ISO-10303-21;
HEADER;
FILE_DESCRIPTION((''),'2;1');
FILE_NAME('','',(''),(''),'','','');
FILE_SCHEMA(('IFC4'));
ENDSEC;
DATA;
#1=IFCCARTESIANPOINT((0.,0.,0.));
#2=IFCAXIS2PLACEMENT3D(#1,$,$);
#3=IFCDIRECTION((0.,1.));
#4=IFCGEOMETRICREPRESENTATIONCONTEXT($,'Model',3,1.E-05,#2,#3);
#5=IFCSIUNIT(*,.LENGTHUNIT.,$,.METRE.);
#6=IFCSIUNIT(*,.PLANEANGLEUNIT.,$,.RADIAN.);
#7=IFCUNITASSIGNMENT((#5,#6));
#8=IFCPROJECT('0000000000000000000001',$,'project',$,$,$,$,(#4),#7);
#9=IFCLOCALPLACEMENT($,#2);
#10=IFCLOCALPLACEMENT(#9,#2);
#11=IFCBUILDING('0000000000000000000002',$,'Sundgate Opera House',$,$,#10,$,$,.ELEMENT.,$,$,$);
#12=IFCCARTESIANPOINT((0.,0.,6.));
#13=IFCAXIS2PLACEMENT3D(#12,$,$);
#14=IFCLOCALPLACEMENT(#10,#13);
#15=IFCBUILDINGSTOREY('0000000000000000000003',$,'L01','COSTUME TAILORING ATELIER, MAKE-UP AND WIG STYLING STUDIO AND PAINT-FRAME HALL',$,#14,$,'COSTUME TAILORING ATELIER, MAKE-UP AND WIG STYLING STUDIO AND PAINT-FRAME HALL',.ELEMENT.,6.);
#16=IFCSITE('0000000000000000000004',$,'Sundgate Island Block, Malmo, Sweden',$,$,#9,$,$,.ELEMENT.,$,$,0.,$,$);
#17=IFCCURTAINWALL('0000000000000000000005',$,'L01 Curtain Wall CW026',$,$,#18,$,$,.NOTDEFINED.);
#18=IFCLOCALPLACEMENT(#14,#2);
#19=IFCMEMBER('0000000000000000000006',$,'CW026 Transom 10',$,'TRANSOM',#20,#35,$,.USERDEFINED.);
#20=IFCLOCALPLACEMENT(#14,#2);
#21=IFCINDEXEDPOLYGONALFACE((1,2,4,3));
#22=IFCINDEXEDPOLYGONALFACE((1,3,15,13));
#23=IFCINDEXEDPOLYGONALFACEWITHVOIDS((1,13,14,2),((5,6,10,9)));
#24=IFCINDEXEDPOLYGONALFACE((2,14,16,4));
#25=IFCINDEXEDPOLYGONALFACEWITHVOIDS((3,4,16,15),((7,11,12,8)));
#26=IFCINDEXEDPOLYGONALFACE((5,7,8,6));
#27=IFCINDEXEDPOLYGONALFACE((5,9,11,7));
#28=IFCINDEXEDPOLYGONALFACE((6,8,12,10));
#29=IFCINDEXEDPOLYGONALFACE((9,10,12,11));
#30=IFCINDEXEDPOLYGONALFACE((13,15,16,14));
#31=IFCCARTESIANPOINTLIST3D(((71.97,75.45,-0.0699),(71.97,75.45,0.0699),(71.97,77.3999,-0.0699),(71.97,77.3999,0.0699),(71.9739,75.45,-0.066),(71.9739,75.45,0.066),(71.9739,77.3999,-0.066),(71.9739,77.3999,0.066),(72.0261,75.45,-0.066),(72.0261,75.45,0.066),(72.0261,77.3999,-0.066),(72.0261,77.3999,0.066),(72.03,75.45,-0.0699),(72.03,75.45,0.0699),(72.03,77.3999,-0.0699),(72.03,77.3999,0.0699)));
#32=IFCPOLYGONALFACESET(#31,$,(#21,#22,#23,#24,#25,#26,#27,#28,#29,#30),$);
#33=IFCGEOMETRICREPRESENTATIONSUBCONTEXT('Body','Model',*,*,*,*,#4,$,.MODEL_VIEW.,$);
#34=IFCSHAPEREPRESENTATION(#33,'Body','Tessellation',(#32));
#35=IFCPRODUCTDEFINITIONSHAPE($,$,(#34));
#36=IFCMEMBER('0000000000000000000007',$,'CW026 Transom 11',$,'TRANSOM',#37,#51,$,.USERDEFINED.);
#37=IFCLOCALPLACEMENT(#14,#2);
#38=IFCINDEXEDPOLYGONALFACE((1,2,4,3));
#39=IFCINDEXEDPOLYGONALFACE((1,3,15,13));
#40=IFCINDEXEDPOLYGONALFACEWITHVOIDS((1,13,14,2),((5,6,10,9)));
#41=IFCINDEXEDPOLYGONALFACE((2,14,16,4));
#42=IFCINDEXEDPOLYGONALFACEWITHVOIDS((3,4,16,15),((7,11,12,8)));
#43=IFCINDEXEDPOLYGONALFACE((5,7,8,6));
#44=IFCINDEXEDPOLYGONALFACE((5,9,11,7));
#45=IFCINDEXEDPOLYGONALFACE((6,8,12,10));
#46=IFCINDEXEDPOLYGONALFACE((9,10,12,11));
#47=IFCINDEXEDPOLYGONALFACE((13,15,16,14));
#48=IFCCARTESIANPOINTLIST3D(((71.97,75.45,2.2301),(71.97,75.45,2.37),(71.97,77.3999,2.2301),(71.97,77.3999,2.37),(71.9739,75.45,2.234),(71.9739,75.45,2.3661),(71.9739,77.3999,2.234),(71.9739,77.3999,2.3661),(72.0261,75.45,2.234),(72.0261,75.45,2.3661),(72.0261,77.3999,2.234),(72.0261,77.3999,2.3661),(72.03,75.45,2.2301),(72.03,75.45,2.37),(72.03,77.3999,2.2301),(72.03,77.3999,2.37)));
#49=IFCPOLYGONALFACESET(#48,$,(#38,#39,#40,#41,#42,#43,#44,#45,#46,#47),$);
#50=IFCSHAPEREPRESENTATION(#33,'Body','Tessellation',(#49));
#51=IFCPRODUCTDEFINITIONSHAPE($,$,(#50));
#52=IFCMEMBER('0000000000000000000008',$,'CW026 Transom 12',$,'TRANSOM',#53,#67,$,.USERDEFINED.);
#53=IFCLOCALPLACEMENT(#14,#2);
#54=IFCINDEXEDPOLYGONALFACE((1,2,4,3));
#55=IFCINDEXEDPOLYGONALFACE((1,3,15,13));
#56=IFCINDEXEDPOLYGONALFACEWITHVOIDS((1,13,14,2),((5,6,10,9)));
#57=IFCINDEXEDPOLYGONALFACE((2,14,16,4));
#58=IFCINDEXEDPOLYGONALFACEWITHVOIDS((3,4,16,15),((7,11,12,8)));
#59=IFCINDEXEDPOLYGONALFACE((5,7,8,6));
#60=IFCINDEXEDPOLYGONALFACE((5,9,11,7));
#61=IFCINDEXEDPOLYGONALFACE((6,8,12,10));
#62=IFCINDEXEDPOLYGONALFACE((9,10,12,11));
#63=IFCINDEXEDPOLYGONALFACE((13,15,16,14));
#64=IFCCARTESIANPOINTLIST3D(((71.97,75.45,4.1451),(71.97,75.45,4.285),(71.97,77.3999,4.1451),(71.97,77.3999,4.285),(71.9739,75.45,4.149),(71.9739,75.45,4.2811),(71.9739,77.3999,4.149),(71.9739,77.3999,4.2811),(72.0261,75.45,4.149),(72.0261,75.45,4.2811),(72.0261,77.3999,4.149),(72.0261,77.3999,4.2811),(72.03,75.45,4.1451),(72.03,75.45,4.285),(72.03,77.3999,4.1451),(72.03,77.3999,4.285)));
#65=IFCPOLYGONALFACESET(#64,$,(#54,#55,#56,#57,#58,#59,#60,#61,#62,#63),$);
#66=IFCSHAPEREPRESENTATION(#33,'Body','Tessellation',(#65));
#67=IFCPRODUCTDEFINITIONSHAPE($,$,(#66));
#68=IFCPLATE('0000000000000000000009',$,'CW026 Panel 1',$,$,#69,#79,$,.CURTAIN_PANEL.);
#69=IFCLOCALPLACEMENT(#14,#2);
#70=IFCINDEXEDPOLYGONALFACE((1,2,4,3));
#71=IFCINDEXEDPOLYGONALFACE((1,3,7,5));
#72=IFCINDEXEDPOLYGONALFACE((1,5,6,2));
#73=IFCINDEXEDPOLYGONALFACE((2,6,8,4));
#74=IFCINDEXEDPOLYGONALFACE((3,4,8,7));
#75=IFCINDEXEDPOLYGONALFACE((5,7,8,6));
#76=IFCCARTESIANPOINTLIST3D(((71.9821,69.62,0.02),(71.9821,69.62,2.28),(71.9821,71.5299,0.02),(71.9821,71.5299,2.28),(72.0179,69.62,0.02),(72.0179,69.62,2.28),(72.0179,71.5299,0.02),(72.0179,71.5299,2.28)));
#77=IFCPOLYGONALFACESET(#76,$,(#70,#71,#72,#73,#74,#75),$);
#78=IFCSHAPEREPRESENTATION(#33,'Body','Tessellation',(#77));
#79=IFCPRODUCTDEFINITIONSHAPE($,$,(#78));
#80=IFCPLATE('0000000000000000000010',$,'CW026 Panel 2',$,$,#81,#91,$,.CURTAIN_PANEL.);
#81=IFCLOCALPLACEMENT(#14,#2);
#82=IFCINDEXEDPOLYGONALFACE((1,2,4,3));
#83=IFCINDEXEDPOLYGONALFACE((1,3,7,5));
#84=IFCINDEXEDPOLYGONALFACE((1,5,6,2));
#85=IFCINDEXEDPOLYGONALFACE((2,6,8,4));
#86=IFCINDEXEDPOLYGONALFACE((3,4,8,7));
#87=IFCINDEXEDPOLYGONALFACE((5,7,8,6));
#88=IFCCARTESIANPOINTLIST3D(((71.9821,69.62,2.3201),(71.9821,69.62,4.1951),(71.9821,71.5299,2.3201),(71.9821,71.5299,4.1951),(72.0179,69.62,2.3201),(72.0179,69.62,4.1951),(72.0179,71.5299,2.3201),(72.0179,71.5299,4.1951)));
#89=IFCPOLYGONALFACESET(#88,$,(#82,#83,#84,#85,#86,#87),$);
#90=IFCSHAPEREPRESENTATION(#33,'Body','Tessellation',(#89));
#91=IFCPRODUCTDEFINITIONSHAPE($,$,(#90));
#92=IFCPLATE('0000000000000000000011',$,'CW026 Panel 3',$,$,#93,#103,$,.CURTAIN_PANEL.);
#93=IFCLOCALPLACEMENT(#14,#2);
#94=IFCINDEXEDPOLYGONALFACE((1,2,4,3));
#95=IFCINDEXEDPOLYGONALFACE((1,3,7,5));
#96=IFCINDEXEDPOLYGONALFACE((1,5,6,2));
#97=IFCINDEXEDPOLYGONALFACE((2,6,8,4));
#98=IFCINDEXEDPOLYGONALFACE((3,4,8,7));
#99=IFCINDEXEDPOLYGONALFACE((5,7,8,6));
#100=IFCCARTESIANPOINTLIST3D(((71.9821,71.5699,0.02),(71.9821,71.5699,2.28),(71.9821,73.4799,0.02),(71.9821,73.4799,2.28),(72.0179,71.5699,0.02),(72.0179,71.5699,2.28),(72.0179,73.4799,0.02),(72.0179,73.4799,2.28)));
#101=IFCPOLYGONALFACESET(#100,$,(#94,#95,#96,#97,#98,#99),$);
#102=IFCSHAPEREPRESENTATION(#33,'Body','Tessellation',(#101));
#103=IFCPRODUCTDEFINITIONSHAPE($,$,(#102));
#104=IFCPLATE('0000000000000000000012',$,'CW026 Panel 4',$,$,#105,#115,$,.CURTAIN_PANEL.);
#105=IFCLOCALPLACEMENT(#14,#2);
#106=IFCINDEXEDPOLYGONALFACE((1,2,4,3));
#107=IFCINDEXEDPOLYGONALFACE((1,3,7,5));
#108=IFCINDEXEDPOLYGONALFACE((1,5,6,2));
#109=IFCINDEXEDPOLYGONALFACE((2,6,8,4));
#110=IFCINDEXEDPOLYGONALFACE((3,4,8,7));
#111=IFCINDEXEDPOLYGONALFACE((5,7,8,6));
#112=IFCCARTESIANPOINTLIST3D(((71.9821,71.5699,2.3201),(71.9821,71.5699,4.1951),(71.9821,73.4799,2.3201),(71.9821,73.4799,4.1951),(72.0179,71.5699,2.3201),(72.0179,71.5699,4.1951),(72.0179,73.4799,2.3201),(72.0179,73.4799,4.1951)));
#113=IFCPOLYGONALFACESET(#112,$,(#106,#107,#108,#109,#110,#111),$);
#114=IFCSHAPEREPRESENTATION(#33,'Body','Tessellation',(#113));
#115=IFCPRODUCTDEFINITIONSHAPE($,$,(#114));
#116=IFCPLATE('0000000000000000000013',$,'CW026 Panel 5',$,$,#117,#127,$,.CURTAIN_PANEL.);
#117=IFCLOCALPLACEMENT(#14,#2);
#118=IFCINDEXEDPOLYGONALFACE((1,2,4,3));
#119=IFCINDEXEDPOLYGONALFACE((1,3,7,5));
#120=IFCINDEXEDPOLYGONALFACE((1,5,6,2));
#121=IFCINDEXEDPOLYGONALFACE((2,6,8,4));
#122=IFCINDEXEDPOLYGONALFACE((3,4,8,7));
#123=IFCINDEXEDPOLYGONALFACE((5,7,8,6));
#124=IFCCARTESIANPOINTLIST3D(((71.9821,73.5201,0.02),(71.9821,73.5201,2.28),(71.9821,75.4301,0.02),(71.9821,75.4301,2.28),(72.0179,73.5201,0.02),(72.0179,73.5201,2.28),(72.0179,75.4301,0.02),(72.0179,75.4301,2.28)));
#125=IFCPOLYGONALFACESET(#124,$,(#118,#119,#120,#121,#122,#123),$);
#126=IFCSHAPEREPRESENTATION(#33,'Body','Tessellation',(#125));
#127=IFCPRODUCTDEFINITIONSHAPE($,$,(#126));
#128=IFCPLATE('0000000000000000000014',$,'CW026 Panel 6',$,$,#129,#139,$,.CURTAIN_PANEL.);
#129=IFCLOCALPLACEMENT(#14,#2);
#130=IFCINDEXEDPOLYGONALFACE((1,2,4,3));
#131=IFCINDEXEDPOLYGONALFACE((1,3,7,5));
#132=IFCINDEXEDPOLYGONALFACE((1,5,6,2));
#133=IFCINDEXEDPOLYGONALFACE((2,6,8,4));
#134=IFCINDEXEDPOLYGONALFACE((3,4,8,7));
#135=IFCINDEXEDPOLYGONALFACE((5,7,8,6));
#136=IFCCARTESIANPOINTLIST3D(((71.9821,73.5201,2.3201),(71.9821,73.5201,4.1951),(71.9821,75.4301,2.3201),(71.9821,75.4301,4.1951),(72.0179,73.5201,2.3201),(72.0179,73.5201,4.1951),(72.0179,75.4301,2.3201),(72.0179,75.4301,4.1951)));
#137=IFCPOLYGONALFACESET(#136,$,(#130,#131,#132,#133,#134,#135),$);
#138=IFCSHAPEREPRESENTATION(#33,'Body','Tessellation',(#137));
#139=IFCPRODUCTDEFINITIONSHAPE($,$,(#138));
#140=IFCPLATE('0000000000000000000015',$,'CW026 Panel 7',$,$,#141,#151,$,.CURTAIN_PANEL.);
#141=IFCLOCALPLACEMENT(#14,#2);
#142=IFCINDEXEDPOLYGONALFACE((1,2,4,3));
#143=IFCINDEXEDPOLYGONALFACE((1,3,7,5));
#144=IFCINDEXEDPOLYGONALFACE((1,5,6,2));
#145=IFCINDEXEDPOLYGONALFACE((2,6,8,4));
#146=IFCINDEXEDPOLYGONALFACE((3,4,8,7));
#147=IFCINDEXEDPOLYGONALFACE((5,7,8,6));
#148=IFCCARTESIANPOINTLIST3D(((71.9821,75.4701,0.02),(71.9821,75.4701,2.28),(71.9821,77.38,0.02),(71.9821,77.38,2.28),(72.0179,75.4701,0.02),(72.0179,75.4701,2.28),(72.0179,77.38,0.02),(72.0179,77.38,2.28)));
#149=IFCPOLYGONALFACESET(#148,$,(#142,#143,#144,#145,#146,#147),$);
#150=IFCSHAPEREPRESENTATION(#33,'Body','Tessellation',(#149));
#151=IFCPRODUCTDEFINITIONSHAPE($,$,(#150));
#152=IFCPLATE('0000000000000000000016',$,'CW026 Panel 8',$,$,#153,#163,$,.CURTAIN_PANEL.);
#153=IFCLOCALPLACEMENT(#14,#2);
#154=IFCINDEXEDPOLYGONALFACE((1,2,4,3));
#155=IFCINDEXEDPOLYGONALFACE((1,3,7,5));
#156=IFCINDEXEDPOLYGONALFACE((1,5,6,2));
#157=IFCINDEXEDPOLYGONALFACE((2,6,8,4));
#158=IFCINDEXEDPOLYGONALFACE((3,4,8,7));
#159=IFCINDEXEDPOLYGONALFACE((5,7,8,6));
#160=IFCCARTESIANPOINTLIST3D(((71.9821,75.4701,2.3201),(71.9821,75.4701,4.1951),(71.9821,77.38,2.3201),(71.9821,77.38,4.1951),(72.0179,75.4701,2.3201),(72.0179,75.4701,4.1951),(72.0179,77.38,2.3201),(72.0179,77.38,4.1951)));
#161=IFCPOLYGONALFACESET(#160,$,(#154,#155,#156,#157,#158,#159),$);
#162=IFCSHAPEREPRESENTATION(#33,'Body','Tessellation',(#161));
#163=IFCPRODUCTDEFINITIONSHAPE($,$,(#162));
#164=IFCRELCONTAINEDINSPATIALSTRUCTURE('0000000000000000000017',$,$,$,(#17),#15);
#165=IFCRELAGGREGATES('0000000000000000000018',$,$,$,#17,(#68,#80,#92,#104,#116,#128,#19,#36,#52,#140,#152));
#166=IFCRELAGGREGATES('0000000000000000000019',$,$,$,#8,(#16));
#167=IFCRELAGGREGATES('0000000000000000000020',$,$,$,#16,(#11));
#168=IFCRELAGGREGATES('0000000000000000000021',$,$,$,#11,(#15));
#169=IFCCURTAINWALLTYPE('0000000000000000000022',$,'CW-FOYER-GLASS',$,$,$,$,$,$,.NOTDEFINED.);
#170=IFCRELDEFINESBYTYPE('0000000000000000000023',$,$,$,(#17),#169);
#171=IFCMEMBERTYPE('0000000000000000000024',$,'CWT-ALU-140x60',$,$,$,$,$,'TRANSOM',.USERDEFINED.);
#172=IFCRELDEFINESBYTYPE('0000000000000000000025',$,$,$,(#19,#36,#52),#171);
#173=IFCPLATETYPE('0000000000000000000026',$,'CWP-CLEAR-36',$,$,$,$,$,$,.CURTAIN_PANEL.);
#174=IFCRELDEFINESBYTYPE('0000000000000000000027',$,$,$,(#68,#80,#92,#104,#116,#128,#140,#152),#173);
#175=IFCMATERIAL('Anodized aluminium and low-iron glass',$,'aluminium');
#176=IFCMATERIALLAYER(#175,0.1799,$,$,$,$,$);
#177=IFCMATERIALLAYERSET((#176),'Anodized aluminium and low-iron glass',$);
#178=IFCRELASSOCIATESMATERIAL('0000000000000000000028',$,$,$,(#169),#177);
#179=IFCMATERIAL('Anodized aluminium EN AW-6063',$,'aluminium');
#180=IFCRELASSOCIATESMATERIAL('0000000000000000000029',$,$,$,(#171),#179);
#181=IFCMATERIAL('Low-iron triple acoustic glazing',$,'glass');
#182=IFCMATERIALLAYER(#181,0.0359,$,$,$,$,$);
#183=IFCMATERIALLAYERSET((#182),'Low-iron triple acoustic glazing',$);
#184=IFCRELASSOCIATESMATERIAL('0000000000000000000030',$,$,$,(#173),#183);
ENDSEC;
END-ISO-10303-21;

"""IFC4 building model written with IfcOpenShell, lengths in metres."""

from ifc_helpers import new_model, si_unit, direction, frame, origin, origin_2d, place, context, subcontext, project, spatial, rectangle, hollow_rectangle, extrude, material, layer, layer_set, material_profile, profile_set, type_object, element, aggregate, save


model = new_model("IFC4")

# Units and contexts
model_context = context("Model", 3, precision=1e-05, world=origin(), true_north=direction((0.0, 1.0)))
body_context = subcontext(model_context, "Body", "Model", "MODEL_VIEW")
ifc_project = project(units=[si_unit("LENGTHUNIT", "METRE"), si_unit("PLANEANGLEUNIT", "RADIAN")], contexts=[model_context])

# Site, building, storey
site_placement = place(None, origin())
site = spatial("IfcSite", under=ifc_project, at=site_placement, Name="Sundgate Island Block, Malmo, Sweden", CompositionType="ELEMENT", RefElevation=0.0)
building_placement = place(site_placement, origin())
building = spatial("IfcBuilding", under=site, at=building_placement, Name="Sundgate Opera House", CompositionType="ELEMENT")
storey_placement = place(building_placement, frame((0.0, 0.0, 6.0)))
storey = spatial("IfcBuildingStorey", under=building, at=storey_placement, Name="L01", Description="COSTUME TAILORING ATELIER, MAKE-UP AND WIG STYLING STUDIO AND PAINT-FRAME HALL", LongName="COSTUME TAILORING ATELIER, MAKE-UP AND WIG STYLING STUDIO AND PAINT-FRAME HALL", CompositionType="ELEMENT", Elevation=6.0)

# Curtain wall, members, plates
ifc_material_1 = material(Name="Anodized aluminium and low-iron glass", Category="aluminium")
ifc_layer_1 = layer(ifc_material_1, 0.1799)
ifc_layer_set_1 = layer_set([ifc_layer_1], Name="Anodized aluminium and low-iron glass")
curtain_wall_type = type_object("IfcCurtainWallType", Name="CW-FOYER-GLASS", PredefinedType="NOTDEFINED", material=ifc_layer_set_1)
curtain_wall_placement = place(storey_placement, origin())
curtain_wall = element("IfcCurtainWall", 1, at=curtain_wall_placement, inside=storey, type_object=curtain_wall_type, Name="L01 Curtain Wall CW026", PredefinedType="NOTDEFINED")
ifc_material_2 = material(Name="Anodized aluminium EN AW-6063", Category="aluminium")
ifc_material_profile_1 = material_profile(ifc_material_2, hollow_rectangle(XDim=0.0601, YDim=0.1399, WallThickness=0.0039, at=origin_2d()), Name="CWT 140x60x4")
ifc_profile_set_1 = profile_set([ifc_material_profile_1], Name="Anodized aluminium EN AW-6063")
member_type_1 = type_object("IfcMemberType", Name="CWT-ALU-140x60", ElementType="TRANSOM", PredefinedType="USERDEFINED", material=ifc_profile_set_1)
member_1_placement = place(storey_placement, frame((72.0, 75.45, 0.0), z_axis=(0.0, 1.0, 0.0), x_axis=(-1.0, 0.0, 0.0)))
member_1 = element("IfcMember", 2, at=member_1_placement, type_object=member_type_1, Name="CW026 Transom 10", ObjectType="TRANSOM", PredefinedType="USERDEFINED", context=body_context, shape_type="SweptSolid", body=[
    extrude(hollow_rectangle(XDim=0.0601, YDim=0.1399, WallThickness=0.0039, at=origin_2d()), origin(), (0.0, 0.0, 1.0), 1.95),
])
member_2_placement = place(storey_placement, frame((72.0, 75.45, 2.3), z_axis=(0.0, 1.0, 0.0), x_axis=(-1.0, 0.0, 0.0)))
member_2 = element("IfcMember", 3, at=member_2_placement, type_object=member_type_1, Name="CW026 Transom 11", ObjectType="TRANSOM", PredefinedType="USERDEFINED", context=body_context, shape_type="SweptSolid", body=[
    extrude(hollow_rectangle(XDim=0.0601, YDim=0.1399, WallThickness=0.0039, at=origin_2d()), origin(), (0.0, 0.0, 1.0), 1.95),
])
member_3_placement = place(storey_placement, frame((72.0, 75.45, 4.2151), z_axis=(0.0, 1.0, 0.0), x_axis=(-1.0, 0.0, 0.0)))
member_3 = element("IfcMember", 4, at=member_3_placement, type_object=member_type_1, Name="CW026 Transom 12", ObjectType="TRANSOM", PredefinedType="USERDEFINED", context=body_context, shape_type="SweptSolid", body=[
    extrude(hollow_rectangle(XDim=0.0601, YDim=0.1399, WallThickness=0.0039, at=origin_2d()), origin(), (0.0, 0.0, 1.0), 1.95),
])
ifc_material_3 = material(Name="Low-iron triple acoustic glazing", Category="glass")
ifc_layer_2 = layer(ifc_material_3, 0.0359)
ifc_layer_set_2 = layer_set([ifc_layer_2], Name="Low-iron triple acoustic glazing")
plate_type = type_object("IfcPlateType", Name="CWP-CLEAR-36", PredefinedType="CURTAIN_PANEL", material=ifc_layer_set_2)
plate_1_placement = place(storey_placement, frame((72.0, 70.575, 0.02), z_axis=(0.0, 0.0, 1.0), x_axis=(0.0, 1.0, 0.0)))
plate_1 = element("IfcPlate", 5, at=plate_1_placement, type_object=plate_type, Name="CW026 Panel 1", PredefinedType="CURTAIN_PANEL", context=body_context, shape_type="SweptSolid", body=[
    extrude(rectangle(XDim=1.9099, YDim=0.0359, at=origin_2d()), origin(), (0.0, 0.0, 1.0), 2.26),
])
plate_2_placement = place(storey_placement, frame((72.0, 70.575, 2.3201), z_axis=(0.0, 0.0, 1.0), x_axis=(0.0, 1.0, 0.0)))
plate_2 = element("IfcPlate", 6, at=plate_2_placement, type_object=plate_type, Name="CW026 Panel 2", PredefinedType="CURTAIN_PANEL", context=body_context, shape_type="SweptSolid", body=[
    extrude(rectangle(XDim=1.9099, YDim=0.0359, at=origin_2d()), origin(), (0.0, 0.0, 1.0), 1.875),
])
plate_3_placement = place(storey_placement, frame((72.0, 72.5249, 0.02), z_axis=(0.0, 0.0, 1.0), x_axis=(0.0, 1.0, 0.0)))
plate_3 = element("IfcPlate", 7, at=plate_3_placement, type_object=plate_type, Name="CW026 Panel 3", PredefinedType="CURTAIN_PANEL", context=body_context, shape_type="SweptSolid", body=[
    extrude(rectangle(XDim=1.9099, YDim=0.0359, at=origin_2d()), origin(), (0.0, 0.0, 1.0), 2.26),
])
plate_4_placement = place(storey_placement, frame((72.0, 72.5249, 2.3201), z_axis=(0.0, 0.0, 1.0), x_axis=(0.0, 1.0, 0.0)))
plate_4 = element("IfcPlate", 8, at=plate_4_placement, type_object=plate_type, Name="CW026 Panel 4", PredefinedType="CURTAIN_PANEL", context=body_context, shape_type="SweptSolid", body=[
    extrude(rectangle(XDim=1.9099, YDim=0.0359, at=origin_2d()), origin(), (0.0, 0.0, 1.0), 1.875),
])
plate_5_placement = place(storey_placement, frame((72.0, 74.4751, 0.02), z_axis=(0.0, 0.0, 1.0), x_axis=(0.0, 1.0, 0.0)))
plate_5 = element("IfcPlate", 9, at=plate_5_placement, type_object=plate_type, Name="CW026 Panel 5", PredefinedType="CURTAIN_PANEL", context=body_context, shape_type="SweptSolid", body=[
    extrude(rectangle(XDim=1.9099, YDim=0.0359, at=origin_2d()), origin(), (0.0, 0.0, 1.0), 2.26),
])
plate_6_placement = place(storey_placement, frame((72.0, 74.4751, 2.3201), z_axis=(0.0, 0.0, 1.0), x_axis=(0.0, 1.0, 0.0)))
plate_6 = element("IfcPlate", 10, at=plate_6_placement, type_object=plate_type, Name="CW026 Panel 6", PredefinedType="CURTAIN_PANEL", context=body_context, shape_type="SweptSolid", body=[
    extrude(rectangle(XDim=1.9099, YDim=0.0359, at=origin_2d()), origin(), (0.0, 0.0, 1.0), 1.875),
])
plate_7_placement = place(storey_placement, frame((72.0, 76.425, 0.02), z_axis=(0.0, 0.0, 1.0), x_axis=(0.0, 1.0, 0.0)))
plate_7 = element("IfcPlate", 11, at=plate_7_placement, type_object=plate_type, Name="CW026 Panel 7", PredefinedType="CURTAIN_PANEL", context=body_context, shape_type="SweptSolid", body=[
    extrude(rectangle(XDim=1.9099, YDim=0.0359, at=origin_2d()), origin(), (0.0, 0.0, 1.0), 2.26),
])
plate_8_placement = place(storey_placement, frame((72.0, 76.425, 2.3201), z_axis=(0.0, 0.0, 1.0), x_axis=(0.0, 1.0, 0.0)))
plate_8 = element("IfcPlate", 12, at=plate_8_placement, type_object=plate_type, Name="CW026 Panel 8", PredefinedType="CURTAIN_PANEL", context=body_context, shape_type="SweptSolid", body=[
    extrude(rectangle(XDim=1.9099, YDim=0.0359, at=origin_2d()), origin(), (0.0, 0.0, 1.0), 1.875),
])
aggregate(curtain_wall, [plate_1, plate_2, plate_3, plate_4, plate_5, plate_6, member_1, member_2, member_3, plate_7, plate_8])

save(model, "model.ifc")
